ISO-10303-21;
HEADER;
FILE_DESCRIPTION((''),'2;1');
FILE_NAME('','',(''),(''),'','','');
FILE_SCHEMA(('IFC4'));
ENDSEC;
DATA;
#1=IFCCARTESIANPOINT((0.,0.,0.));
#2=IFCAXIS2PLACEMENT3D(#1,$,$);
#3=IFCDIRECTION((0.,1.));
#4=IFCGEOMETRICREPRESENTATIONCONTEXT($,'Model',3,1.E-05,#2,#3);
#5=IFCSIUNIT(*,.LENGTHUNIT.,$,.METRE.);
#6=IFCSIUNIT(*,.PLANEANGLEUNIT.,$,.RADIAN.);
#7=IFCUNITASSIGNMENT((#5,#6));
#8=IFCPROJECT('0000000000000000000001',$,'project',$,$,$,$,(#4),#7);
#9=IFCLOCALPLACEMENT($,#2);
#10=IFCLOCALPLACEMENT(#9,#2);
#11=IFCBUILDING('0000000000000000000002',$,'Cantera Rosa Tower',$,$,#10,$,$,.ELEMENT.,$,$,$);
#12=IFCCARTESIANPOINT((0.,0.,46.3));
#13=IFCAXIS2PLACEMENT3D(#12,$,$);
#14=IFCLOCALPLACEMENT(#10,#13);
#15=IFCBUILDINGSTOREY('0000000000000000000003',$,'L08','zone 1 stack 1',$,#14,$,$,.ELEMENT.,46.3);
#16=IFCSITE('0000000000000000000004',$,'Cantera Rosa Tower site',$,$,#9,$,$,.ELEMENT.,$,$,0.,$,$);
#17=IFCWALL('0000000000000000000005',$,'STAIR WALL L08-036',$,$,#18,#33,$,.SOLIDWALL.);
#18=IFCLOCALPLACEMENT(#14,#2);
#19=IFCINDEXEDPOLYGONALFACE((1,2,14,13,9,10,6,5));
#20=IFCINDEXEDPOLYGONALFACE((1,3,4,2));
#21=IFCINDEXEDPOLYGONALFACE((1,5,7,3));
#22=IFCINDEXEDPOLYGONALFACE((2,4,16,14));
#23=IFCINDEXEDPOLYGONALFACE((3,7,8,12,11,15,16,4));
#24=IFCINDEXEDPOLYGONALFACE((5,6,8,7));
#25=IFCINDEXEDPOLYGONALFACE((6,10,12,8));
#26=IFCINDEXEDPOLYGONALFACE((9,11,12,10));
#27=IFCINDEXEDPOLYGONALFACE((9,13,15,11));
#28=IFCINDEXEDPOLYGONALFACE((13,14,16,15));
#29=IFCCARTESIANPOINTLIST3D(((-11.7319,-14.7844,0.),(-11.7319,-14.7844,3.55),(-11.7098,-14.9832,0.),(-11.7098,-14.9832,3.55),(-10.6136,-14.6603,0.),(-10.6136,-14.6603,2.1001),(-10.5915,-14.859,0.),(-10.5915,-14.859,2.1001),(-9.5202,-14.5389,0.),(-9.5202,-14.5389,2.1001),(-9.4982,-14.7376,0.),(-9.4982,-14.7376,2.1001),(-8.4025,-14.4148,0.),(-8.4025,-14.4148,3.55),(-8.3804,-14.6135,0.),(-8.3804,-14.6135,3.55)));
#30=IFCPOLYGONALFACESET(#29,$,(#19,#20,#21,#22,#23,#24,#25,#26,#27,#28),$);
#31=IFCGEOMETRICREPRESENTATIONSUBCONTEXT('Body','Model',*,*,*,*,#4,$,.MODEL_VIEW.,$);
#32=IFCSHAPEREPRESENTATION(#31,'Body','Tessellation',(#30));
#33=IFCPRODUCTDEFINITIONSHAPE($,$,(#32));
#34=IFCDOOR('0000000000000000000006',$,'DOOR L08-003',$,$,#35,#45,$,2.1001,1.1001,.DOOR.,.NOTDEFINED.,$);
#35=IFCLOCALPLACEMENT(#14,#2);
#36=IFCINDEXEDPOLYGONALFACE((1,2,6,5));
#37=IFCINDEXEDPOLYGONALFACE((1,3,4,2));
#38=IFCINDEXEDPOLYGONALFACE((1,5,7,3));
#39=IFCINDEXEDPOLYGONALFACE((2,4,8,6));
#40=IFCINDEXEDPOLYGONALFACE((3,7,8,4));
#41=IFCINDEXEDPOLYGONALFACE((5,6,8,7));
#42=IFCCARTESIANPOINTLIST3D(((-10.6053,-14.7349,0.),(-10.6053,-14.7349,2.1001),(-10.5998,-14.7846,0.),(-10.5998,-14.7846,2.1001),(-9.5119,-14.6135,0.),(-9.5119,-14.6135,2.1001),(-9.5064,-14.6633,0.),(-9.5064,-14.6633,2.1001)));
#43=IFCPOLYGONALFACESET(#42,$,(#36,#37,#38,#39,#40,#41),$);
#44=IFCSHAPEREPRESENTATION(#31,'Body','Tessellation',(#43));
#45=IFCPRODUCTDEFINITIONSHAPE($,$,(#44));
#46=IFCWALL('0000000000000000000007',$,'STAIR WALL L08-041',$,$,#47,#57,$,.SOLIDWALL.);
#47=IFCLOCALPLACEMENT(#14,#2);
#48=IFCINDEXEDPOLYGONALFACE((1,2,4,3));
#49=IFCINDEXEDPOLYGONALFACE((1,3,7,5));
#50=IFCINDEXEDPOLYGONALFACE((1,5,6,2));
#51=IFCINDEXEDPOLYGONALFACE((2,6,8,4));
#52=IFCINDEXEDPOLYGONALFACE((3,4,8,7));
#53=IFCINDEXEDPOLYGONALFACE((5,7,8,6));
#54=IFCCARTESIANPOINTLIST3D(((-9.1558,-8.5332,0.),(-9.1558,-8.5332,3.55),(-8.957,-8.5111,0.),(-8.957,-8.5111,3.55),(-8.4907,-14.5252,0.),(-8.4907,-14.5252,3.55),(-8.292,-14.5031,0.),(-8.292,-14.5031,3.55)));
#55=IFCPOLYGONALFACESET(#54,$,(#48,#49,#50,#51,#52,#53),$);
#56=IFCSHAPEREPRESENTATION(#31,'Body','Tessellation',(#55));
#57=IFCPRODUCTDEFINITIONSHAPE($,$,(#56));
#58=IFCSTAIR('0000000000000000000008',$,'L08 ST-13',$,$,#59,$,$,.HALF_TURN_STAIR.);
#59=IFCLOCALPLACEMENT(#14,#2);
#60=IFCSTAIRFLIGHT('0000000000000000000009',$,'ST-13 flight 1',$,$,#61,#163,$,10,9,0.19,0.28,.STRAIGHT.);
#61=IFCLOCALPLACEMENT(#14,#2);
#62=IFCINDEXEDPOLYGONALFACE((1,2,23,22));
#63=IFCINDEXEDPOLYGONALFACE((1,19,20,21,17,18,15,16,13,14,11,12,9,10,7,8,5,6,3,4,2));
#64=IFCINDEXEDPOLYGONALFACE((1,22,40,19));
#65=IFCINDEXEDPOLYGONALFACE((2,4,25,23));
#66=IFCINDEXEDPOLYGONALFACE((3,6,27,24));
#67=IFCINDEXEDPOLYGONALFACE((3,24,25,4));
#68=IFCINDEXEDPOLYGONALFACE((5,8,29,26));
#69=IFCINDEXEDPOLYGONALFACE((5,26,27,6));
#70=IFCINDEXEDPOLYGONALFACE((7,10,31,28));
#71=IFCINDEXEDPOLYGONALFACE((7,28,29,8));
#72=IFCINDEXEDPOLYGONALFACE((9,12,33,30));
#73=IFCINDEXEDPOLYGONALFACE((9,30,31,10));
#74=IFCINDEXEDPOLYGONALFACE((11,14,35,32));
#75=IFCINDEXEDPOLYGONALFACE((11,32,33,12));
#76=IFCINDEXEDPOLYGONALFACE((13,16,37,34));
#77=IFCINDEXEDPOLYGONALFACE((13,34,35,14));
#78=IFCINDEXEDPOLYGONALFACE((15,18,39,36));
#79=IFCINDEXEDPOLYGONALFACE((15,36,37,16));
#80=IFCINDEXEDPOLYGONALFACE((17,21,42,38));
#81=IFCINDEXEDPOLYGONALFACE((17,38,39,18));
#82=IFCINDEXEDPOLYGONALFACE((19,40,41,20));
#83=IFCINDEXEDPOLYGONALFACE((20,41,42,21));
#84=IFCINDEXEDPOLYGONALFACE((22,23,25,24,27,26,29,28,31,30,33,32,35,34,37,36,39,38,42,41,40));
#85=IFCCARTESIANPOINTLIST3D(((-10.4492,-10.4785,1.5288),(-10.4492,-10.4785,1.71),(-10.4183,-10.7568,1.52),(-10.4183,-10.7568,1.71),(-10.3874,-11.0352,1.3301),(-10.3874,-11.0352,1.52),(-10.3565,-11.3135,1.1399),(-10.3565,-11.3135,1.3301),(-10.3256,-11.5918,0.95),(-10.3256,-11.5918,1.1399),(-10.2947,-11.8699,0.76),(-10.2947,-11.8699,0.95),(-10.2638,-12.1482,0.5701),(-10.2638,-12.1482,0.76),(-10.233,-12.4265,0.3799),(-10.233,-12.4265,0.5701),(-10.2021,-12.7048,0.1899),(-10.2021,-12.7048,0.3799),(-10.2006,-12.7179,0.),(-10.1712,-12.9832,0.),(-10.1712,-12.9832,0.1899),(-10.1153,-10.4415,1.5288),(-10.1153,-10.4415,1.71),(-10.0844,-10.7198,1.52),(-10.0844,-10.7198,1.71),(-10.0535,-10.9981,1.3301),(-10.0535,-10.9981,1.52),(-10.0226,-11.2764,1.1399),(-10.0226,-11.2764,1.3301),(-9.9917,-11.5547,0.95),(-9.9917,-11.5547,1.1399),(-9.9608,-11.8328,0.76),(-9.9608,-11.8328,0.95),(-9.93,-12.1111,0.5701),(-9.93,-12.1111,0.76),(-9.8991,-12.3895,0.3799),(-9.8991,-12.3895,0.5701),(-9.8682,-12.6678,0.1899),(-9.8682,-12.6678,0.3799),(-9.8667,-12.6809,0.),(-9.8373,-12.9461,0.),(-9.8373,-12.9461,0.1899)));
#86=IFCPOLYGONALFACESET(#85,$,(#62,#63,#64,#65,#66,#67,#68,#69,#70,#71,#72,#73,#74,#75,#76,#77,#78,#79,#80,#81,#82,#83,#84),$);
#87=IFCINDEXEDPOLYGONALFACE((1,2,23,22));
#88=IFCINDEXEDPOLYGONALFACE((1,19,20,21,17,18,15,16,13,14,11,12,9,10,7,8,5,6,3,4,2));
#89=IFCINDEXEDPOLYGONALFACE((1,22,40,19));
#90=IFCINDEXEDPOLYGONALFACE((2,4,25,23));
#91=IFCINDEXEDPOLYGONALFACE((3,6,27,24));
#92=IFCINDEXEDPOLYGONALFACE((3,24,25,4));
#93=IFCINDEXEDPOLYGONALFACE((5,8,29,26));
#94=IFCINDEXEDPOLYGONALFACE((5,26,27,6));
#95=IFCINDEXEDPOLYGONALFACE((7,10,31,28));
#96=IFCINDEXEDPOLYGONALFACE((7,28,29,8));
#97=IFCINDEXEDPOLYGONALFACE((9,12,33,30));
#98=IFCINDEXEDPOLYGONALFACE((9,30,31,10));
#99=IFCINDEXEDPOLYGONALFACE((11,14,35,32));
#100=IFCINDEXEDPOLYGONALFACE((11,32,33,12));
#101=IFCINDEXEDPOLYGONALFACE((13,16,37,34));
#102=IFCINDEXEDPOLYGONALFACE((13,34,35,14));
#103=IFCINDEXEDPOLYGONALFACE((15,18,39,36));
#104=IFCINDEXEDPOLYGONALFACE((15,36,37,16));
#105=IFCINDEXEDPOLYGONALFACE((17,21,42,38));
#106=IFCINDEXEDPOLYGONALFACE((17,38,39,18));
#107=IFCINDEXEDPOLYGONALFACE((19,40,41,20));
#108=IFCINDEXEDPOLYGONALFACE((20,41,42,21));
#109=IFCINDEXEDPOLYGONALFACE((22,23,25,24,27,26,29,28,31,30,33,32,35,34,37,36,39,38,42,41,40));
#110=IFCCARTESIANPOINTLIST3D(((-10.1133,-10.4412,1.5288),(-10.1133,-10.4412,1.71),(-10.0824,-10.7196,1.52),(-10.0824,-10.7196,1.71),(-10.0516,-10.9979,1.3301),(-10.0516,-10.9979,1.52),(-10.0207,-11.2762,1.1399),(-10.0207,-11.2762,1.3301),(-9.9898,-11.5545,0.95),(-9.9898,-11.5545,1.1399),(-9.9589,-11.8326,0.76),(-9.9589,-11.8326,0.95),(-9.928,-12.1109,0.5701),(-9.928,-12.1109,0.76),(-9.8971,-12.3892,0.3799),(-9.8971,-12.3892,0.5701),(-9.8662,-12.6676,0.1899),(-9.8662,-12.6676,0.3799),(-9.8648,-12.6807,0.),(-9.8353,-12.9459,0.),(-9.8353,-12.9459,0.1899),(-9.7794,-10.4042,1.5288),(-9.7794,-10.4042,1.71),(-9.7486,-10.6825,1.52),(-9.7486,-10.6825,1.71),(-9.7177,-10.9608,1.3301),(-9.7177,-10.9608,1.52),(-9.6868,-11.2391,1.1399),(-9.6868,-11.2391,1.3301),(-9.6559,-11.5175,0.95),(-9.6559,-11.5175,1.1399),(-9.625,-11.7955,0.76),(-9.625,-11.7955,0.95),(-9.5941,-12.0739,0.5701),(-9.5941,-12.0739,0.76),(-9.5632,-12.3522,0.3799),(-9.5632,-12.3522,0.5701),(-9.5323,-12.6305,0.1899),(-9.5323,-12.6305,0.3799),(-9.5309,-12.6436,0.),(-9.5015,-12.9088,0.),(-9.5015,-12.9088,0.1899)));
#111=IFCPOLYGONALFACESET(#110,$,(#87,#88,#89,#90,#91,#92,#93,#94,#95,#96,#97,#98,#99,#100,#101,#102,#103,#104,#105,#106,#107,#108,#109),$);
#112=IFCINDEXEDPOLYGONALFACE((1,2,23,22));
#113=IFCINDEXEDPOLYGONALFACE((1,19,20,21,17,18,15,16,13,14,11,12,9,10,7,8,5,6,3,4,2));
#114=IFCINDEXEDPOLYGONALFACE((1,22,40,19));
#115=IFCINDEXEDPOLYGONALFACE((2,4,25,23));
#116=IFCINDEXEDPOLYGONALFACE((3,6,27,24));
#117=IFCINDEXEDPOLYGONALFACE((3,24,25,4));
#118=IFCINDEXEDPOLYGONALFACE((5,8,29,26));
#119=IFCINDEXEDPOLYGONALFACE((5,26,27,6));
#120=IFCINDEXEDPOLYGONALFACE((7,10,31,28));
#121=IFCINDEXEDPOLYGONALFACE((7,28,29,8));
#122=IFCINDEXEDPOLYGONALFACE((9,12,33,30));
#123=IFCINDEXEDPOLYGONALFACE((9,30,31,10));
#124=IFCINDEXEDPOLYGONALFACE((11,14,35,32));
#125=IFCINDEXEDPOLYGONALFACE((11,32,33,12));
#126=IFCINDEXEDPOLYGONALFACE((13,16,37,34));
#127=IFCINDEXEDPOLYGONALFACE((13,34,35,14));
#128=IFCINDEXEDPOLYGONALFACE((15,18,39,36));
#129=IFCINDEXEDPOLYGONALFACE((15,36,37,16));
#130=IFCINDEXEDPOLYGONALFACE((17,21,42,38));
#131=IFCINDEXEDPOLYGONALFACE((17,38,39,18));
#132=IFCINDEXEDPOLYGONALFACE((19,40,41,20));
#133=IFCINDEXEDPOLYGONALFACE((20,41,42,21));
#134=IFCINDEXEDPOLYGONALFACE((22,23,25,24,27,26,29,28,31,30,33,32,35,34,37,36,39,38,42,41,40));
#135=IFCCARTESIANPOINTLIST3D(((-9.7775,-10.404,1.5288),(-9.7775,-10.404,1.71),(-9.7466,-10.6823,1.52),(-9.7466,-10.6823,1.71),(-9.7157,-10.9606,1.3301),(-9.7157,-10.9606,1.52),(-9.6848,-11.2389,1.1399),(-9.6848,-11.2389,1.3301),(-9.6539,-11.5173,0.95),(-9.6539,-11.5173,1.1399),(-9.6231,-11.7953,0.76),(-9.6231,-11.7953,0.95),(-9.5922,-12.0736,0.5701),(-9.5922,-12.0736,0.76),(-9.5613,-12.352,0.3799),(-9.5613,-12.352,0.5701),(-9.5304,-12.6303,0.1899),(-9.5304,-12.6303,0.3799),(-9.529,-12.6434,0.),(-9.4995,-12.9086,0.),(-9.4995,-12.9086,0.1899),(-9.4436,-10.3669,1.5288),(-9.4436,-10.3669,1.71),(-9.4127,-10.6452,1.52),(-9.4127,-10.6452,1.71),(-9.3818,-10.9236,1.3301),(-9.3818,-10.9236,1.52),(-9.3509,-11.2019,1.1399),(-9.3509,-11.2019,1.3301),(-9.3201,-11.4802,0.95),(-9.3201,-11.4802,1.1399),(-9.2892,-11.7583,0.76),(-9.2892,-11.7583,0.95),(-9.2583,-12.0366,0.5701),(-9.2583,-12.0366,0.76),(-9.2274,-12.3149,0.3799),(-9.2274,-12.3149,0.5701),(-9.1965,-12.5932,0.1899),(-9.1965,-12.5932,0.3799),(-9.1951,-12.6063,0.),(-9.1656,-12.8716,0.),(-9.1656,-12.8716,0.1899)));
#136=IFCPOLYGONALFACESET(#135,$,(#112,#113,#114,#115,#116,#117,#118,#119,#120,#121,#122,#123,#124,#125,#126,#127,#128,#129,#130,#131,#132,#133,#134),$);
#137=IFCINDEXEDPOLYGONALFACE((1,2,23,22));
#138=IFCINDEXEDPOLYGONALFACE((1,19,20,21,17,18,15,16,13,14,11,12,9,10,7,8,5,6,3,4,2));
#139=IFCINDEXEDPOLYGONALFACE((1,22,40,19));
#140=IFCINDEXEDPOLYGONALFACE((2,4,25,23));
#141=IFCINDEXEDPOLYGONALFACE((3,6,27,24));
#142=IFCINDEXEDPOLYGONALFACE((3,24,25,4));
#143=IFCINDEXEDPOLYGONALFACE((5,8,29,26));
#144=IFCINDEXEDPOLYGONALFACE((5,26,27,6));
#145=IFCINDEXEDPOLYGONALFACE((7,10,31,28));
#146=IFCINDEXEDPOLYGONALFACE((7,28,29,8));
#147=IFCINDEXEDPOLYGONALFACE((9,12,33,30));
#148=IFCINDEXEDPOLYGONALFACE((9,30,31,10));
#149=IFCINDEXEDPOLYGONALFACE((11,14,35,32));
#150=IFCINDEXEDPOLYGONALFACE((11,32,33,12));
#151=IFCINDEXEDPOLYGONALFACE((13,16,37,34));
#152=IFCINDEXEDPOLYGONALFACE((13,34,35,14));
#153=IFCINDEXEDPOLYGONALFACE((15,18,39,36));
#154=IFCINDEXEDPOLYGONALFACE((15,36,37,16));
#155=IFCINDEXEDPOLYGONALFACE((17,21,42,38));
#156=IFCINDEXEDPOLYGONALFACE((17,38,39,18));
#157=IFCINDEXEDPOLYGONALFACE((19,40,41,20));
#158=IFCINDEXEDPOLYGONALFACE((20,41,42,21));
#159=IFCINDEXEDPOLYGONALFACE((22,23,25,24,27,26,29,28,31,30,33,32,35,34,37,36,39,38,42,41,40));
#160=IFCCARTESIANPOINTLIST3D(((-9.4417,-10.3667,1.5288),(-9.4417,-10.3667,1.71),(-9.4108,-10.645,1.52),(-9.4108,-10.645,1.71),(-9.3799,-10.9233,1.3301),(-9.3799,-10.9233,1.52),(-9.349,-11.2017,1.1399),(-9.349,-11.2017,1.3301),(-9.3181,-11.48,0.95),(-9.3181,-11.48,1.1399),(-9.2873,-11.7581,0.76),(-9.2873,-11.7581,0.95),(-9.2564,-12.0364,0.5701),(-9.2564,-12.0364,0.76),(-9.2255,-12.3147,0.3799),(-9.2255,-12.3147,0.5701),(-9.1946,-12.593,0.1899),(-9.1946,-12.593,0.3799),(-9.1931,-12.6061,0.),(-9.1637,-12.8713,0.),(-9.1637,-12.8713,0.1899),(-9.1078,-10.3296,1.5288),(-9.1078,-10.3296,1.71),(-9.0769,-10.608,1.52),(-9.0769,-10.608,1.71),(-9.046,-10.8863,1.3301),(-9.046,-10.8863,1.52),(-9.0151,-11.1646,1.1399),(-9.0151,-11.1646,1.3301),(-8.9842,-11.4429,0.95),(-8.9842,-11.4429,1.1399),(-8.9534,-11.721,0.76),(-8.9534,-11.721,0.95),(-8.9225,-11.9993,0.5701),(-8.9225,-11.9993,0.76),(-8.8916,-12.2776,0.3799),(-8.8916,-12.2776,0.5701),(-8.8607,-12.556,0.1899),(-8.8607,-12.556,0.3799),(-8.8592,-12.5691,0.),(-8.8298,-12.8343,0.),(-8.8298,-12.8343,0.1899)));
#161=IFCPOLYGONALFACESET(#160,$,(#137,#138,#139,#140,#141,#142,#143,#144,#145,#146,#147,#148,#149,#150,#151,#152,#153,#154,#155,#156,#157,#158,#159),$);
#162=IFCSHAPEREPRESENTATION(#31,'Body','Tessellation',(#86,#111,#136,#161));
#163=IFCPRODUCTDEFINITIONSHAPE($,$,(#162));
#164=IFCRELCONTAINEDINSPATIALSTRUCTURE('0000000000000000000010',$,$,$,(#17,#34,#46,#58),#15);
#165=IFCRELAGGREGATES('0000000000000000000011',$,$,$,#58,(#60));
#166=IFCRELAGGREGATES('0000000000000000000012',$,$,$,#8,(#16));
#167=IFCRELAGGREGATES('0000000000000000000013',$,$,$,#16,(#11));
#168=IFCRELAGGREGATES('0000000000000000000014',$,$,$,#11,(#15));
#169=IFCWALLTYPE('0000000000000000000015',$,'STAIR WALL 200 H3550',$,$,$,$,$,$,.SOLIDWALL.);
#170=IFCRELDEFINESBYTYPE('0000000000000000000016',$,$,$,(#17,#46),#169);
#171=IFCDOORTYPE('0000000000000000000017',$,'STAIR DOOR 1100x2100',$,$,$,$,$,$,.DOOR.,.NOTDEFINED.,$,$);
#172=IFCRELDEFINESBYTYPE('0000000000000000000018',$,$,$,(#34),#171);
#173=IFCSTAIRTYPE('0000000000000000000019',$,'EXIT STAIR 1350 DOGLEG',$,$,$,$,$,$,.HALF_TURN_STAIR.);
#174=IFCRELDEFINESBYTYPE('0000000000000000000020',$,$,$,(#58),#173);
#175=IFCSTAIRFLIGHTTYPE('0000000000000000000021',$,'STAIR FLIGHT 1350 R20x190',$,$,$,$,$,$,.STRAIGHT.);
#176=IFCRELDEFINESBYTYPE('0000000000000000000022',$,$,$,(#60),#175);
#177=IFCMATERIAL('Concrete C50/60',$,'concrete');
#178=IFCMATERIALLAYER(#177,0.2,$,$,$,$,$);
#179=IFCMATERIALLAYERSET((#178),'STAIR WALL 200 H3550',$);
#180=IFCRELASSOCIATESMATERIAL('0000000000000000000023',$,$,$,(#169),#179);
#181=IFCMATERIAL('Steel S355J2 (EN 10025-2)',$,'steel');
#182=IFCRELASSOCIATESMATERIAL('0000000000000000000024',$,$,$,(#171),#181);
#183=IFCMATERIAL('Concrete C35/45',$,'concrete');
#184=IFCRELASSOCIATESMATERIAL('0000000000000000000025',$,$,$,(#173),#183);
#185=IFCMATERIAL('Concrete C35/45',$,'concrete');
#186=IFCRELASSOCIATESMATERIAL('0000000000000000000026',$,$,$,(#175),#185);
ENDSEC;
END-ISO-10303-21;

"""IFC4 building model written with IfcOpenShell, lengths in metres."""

from ifc_helpers import new_model, si_unit, direction, frame, frame_2d, origin, place, context, subcontext, project, spatial, polyline, rectangle, outline, extrude, material, layer, layer_set, type_object, element, fill, aggregate, save


model = new_model("IFC4")

# Units and contexts
model_context = context("Model", 3, precision=1e-05, world=origin(), true_north=direction((0.0, 1.0)))
body_context = subcontext(model_context, "Body", "Model", "MODEL_VIEW")
ifc_project = project(units=[si_unit("LENGTHUNIT", "METRE"), si_unit("PLANEANGLEUNIT", "RADIAN")], contexts=[model_context])

# Site, building, storey
site_placement = place(None, origin())
site = spatial("IfcSite", under=ifc_project, at=site_placement, Name="Cantera Rosa Tower site", CompositionType="ELEMENT", RefElevation=0.0)
building_placement = place(site_placement, origin())
building = spatial("IfcBuilding", under=site, at=building_placement, Name="Cantera Rosa Tower", CompositionType="ELEMENT")
storey_placement = place(building_placement, frame((0.0, 0.0, 46.3)))
storey = spatial("IfcBuildingStorey", under=building, at=storey_placement, Name="L08", Description="zone 1 stack 1", CompositionType="ELEMENT", Elevation=46.3)

# Wall, opening, door
ifc_material_1 = material(Name="Concrete C50/60", Category="concrete")
ifc_layer_1 = layer(ifc_material_1, 0.2)
ifc_layer_set_1 = layer_set([ifc_layer_1], Name="STAIR WALL 200 H3550")
wall_type_1 = type_object("IfcWallType", Name="STAIR WALL 200 H3550", PredefinedType="SOLIDWALL", material=ifc_layer_set_1)
wall_1_placement = place(storey_placement, frame((-11.7207, -14.8838, 0.0), z_axis=(0.0, 0.0, 1.0), x_axis=(0.993894, 0.110344, 0.0)))
wall_1 = element("IfcWall", 1, at=wall_1_placement, inside=storey, type_object=wall_type_1, Name="STAIR WALL L08-036", PredefinedType="SOLIDWALL", context=body_context, shape_type="SweptSolid", body=[
    extrude(rectangle(XDim=3.3499, YDim=0.2, at=frame_2d((1.6748, 0.0))), origin(), (0.0, 0.0, 1.0), 3.55),
])
opening_1_placement = place(wall_1_placement, frame((1.125, 0.0, 0.0)))
opening_1 = element("IfcOpeningElement", 2, at=opening_1_placement, cuts=wall_1, PredefinedType="OPENING", context=body_context, shape_type="SweptSolid", body=[
    extrude(rectangle(XDim=1.1001, YDim=2.1001, at=frame_2d((0.55, 1.05))), frame((0.0, 0.1099, 0.0), z_axis=(0.0, -1.0, 0.0), x_axis=(1.0, 0.0, 0.0)), (0.0, 0.0, 1.0), 0.22),
])
ifc_material_2 = material(Name="Steel S355J2 (EN 10025-2)", Category="steel")
door_type_1 = type_object("IfcDoorType", Name="STAIR DOOR 1100x2100", OperationType="NOTDEFINED", PredefinedType="DOOR", material=ifc_material_2)
door_1_placement = place(opening_1_placement, origin())
door_1 = element("IfcDoor", 3, at=door_1_placement, inside=storey, type_object=door_type_1, Name="DOOR L08-003", OperationType="NOTDEFINED", OverallHeight=2.1001, OverallWidth=1.1001, PredefinedType="DOOR", context=body_context, shape_type="SweptSolid", body=[
    extrude(rectangle(XDim=1.1001, YDim=2.1001, at=frame_2d((0.55, 1.05))), frame((0.0, 0.0249, 0.0), z_axis=(0.0, -1.0, 0.0), x_axis=(1.0, 0.0, 0.0)), (0.0, 0.0, 1.0), 0.05),
])
fill(opening_1, door_1)

# Wall
wall_2_placement = place(storey_placement, frame((-8.3914, -14.5142, 0.0), z_axis=(0.0, 0.0, 1.0), x_axis=(-0.110312, 0.993897, 0.0)))
element("IfcWall", 4, at=wall_2_placement, inside=storey, type_object=wall_type_1, Name="STAIR WALL L08-041", PredefinedType="SOLIDWALL", context=body_context, shape_type="SweptSolid", body=[
    extrude(rectangle(XDim=6.0288, YDim=0.2, at=frame_2d((3.0144, 0.0))), origin(), (0.0, 0.0, 1.0), 3.55),
])

# Stair, stair flight
ifc_material_3 = material(Name="Concrete C35/45", Category="concrete")
stair_type = type_object("IfcStairType", Name="EXIT STAIR 1350 DOGLEG", PredefinedType="HALF_TURN_STAIR", material=ifc_material_3)
stair_placement = place(storey_placement, origin())
stair = element("IfcStair", 5, at=stair_placement, inside=storey, type_object=stair_type, Name="L08 ST-13", PredefinedType="HALF_TURN_STAIR")
ifc_material_4 = material(Name="Concrete C35/45", Category="concrete")
stair_flight_type = type_object("IfcStairFlightType", Name="STAIR FLIGHT 1350 R20x190", PredefinedType="STRAIGHT", material=ifc_material_4)
stair_flight_placement = place(storey_placement, frame((-9.5002, -12.9087, 0.0), z_axis=(0.0, 0.0, 1.0), x_axis=(-0.110313, 0.993897, 0.0)))
stair_flight = element("IfcStairFlight", 6, at=stair_flight_placement, type_object=stair_flight_type, Name="ST-13 flight 1", NumberOfRisers=10, NumberOfTreads=9, PredefinedType="STRAIGHT", RiserHeight=0.19, TreadLength=0.28, context=body_context, shape_type="SweptSolid", body=[
    extrude(outline(polyline([(0.0, 0.0), (0.0, 0.1899), (0.28, 0.1899), (0.28, 0.3799), (0.5601, 0.3799), (0.5601, 0.5701), (0.8401, 0.5701), (0.8401, 0.76), (1.1201, 0.76), (1.1201, 0.95), (1.3999, 0.95), (1.3999, 1.1399), (1.6799, 1.1399), (1.6799, 1.3301), (1.96, 1.3301), (1.96, 1.52), (2.24, 1.52), (2.24, 1.71), (2.52, 1.71), (2.52, 1.8999), (2.52, 1.5288), (0.2668, 0.0), (0.0, 0.0)])), frame((0.0, 0.675, 0.0), z_axis=(0.0, -1.0, 0.0), x_axis=(1.0, 0.0, 0.0)), (0.0, 0.0, 1.0), 0.3359),
    extrude(outline(polyline([(0.0, 0.0), (0.0, 0.1899), (0.28, 0.1899), (0.28, 0.3799), (0.5601, 0.3799), (0.5601, 0.5701), (0.8401, 0.5701), (0.8401, 0.76), (1.1201, 0.76), (1.1201, 0.95), (1.3999, 0.95), (1.3999, 1.1399), (1.6799, 1.1399), (1.6799, 1.3301), (1.96, 1.3301), (1.96, 1.52), (2.24, 1.52), (2.24, 1.71), (2.52, 1.71), (2.52, 1.8999), (2.52, 1.5288), (0.2668, 0.0), (0.0, 0.0)])), frame((0.0, 0.3372, 0.0), z_axis=(0.0, -1.0, 0.0), x_axis=(1.0, 0.0, 0.0)), (0.0, 0.0, 1.0), 0.3359),
    extrude(outline(polyline([(0.0, 0.0), (0.0, 0.1899), (0.28, 0.1899), (0.28, 0.3799), (0.5601, 0.3799), (0.5601, 0.5701), (0.8401, 0.5701), (0.8401, 0.76), (1.1201, 0.76), (1.1201, 0.95), (1.3999, 0.95), (1.3999, 1.1399), (1.6799, 1.1399), (1.6799, 1.3301), (1.96, 1.3301), (1.96, 1.52), (2.24, 1.52), (2.24, 1.71), (2.52, 1.71), (2.52, 1.8999), (2.52, 1.5288), (0.2668, 0.0), (0.0, 0.0)])), frame((0.0, -0.0007, 0.0), z_axis=(0.0, -1.0, 0.0), x_axis=(1.0, 0.0, 0.0)), (0.0, 0.0, 1.0), 0.3359),
    extrude(outline(polyline([(0.0, 0.0), (0.0, 0.1899), (0.28, 0.1899), (0.28, 0.3799), (0.5601, 0.3799), (0.5601, 0.5701), (0.8401, 0.5701), (0.8401, 0.76), (1.1201, 0.76), (1.1201, 0.95), (1.3999, 0.95), (1.3999, 1.1399), (1.6799, 1.1399), (1.6799, 1.3301), (1.96, 1.3301), (1.96, 1.52), (2.24, 1.52), (2.24, 1.71), (2.52, 1.71), (2.52, 1.8999), (2.52, 1.5288), (0.2668, 0.0), (0.0, 0.0)])), frame((0.0, -0.3386, 0.0), z_axis=(0.0, -1.0, 0.0), x_axis=(1.0, 0.0, 0.0)), (0.0, 0.0, 1.0), 0.3359),
])
aggregate(stair, [stair_flight])

save(model, "model.ifc")
